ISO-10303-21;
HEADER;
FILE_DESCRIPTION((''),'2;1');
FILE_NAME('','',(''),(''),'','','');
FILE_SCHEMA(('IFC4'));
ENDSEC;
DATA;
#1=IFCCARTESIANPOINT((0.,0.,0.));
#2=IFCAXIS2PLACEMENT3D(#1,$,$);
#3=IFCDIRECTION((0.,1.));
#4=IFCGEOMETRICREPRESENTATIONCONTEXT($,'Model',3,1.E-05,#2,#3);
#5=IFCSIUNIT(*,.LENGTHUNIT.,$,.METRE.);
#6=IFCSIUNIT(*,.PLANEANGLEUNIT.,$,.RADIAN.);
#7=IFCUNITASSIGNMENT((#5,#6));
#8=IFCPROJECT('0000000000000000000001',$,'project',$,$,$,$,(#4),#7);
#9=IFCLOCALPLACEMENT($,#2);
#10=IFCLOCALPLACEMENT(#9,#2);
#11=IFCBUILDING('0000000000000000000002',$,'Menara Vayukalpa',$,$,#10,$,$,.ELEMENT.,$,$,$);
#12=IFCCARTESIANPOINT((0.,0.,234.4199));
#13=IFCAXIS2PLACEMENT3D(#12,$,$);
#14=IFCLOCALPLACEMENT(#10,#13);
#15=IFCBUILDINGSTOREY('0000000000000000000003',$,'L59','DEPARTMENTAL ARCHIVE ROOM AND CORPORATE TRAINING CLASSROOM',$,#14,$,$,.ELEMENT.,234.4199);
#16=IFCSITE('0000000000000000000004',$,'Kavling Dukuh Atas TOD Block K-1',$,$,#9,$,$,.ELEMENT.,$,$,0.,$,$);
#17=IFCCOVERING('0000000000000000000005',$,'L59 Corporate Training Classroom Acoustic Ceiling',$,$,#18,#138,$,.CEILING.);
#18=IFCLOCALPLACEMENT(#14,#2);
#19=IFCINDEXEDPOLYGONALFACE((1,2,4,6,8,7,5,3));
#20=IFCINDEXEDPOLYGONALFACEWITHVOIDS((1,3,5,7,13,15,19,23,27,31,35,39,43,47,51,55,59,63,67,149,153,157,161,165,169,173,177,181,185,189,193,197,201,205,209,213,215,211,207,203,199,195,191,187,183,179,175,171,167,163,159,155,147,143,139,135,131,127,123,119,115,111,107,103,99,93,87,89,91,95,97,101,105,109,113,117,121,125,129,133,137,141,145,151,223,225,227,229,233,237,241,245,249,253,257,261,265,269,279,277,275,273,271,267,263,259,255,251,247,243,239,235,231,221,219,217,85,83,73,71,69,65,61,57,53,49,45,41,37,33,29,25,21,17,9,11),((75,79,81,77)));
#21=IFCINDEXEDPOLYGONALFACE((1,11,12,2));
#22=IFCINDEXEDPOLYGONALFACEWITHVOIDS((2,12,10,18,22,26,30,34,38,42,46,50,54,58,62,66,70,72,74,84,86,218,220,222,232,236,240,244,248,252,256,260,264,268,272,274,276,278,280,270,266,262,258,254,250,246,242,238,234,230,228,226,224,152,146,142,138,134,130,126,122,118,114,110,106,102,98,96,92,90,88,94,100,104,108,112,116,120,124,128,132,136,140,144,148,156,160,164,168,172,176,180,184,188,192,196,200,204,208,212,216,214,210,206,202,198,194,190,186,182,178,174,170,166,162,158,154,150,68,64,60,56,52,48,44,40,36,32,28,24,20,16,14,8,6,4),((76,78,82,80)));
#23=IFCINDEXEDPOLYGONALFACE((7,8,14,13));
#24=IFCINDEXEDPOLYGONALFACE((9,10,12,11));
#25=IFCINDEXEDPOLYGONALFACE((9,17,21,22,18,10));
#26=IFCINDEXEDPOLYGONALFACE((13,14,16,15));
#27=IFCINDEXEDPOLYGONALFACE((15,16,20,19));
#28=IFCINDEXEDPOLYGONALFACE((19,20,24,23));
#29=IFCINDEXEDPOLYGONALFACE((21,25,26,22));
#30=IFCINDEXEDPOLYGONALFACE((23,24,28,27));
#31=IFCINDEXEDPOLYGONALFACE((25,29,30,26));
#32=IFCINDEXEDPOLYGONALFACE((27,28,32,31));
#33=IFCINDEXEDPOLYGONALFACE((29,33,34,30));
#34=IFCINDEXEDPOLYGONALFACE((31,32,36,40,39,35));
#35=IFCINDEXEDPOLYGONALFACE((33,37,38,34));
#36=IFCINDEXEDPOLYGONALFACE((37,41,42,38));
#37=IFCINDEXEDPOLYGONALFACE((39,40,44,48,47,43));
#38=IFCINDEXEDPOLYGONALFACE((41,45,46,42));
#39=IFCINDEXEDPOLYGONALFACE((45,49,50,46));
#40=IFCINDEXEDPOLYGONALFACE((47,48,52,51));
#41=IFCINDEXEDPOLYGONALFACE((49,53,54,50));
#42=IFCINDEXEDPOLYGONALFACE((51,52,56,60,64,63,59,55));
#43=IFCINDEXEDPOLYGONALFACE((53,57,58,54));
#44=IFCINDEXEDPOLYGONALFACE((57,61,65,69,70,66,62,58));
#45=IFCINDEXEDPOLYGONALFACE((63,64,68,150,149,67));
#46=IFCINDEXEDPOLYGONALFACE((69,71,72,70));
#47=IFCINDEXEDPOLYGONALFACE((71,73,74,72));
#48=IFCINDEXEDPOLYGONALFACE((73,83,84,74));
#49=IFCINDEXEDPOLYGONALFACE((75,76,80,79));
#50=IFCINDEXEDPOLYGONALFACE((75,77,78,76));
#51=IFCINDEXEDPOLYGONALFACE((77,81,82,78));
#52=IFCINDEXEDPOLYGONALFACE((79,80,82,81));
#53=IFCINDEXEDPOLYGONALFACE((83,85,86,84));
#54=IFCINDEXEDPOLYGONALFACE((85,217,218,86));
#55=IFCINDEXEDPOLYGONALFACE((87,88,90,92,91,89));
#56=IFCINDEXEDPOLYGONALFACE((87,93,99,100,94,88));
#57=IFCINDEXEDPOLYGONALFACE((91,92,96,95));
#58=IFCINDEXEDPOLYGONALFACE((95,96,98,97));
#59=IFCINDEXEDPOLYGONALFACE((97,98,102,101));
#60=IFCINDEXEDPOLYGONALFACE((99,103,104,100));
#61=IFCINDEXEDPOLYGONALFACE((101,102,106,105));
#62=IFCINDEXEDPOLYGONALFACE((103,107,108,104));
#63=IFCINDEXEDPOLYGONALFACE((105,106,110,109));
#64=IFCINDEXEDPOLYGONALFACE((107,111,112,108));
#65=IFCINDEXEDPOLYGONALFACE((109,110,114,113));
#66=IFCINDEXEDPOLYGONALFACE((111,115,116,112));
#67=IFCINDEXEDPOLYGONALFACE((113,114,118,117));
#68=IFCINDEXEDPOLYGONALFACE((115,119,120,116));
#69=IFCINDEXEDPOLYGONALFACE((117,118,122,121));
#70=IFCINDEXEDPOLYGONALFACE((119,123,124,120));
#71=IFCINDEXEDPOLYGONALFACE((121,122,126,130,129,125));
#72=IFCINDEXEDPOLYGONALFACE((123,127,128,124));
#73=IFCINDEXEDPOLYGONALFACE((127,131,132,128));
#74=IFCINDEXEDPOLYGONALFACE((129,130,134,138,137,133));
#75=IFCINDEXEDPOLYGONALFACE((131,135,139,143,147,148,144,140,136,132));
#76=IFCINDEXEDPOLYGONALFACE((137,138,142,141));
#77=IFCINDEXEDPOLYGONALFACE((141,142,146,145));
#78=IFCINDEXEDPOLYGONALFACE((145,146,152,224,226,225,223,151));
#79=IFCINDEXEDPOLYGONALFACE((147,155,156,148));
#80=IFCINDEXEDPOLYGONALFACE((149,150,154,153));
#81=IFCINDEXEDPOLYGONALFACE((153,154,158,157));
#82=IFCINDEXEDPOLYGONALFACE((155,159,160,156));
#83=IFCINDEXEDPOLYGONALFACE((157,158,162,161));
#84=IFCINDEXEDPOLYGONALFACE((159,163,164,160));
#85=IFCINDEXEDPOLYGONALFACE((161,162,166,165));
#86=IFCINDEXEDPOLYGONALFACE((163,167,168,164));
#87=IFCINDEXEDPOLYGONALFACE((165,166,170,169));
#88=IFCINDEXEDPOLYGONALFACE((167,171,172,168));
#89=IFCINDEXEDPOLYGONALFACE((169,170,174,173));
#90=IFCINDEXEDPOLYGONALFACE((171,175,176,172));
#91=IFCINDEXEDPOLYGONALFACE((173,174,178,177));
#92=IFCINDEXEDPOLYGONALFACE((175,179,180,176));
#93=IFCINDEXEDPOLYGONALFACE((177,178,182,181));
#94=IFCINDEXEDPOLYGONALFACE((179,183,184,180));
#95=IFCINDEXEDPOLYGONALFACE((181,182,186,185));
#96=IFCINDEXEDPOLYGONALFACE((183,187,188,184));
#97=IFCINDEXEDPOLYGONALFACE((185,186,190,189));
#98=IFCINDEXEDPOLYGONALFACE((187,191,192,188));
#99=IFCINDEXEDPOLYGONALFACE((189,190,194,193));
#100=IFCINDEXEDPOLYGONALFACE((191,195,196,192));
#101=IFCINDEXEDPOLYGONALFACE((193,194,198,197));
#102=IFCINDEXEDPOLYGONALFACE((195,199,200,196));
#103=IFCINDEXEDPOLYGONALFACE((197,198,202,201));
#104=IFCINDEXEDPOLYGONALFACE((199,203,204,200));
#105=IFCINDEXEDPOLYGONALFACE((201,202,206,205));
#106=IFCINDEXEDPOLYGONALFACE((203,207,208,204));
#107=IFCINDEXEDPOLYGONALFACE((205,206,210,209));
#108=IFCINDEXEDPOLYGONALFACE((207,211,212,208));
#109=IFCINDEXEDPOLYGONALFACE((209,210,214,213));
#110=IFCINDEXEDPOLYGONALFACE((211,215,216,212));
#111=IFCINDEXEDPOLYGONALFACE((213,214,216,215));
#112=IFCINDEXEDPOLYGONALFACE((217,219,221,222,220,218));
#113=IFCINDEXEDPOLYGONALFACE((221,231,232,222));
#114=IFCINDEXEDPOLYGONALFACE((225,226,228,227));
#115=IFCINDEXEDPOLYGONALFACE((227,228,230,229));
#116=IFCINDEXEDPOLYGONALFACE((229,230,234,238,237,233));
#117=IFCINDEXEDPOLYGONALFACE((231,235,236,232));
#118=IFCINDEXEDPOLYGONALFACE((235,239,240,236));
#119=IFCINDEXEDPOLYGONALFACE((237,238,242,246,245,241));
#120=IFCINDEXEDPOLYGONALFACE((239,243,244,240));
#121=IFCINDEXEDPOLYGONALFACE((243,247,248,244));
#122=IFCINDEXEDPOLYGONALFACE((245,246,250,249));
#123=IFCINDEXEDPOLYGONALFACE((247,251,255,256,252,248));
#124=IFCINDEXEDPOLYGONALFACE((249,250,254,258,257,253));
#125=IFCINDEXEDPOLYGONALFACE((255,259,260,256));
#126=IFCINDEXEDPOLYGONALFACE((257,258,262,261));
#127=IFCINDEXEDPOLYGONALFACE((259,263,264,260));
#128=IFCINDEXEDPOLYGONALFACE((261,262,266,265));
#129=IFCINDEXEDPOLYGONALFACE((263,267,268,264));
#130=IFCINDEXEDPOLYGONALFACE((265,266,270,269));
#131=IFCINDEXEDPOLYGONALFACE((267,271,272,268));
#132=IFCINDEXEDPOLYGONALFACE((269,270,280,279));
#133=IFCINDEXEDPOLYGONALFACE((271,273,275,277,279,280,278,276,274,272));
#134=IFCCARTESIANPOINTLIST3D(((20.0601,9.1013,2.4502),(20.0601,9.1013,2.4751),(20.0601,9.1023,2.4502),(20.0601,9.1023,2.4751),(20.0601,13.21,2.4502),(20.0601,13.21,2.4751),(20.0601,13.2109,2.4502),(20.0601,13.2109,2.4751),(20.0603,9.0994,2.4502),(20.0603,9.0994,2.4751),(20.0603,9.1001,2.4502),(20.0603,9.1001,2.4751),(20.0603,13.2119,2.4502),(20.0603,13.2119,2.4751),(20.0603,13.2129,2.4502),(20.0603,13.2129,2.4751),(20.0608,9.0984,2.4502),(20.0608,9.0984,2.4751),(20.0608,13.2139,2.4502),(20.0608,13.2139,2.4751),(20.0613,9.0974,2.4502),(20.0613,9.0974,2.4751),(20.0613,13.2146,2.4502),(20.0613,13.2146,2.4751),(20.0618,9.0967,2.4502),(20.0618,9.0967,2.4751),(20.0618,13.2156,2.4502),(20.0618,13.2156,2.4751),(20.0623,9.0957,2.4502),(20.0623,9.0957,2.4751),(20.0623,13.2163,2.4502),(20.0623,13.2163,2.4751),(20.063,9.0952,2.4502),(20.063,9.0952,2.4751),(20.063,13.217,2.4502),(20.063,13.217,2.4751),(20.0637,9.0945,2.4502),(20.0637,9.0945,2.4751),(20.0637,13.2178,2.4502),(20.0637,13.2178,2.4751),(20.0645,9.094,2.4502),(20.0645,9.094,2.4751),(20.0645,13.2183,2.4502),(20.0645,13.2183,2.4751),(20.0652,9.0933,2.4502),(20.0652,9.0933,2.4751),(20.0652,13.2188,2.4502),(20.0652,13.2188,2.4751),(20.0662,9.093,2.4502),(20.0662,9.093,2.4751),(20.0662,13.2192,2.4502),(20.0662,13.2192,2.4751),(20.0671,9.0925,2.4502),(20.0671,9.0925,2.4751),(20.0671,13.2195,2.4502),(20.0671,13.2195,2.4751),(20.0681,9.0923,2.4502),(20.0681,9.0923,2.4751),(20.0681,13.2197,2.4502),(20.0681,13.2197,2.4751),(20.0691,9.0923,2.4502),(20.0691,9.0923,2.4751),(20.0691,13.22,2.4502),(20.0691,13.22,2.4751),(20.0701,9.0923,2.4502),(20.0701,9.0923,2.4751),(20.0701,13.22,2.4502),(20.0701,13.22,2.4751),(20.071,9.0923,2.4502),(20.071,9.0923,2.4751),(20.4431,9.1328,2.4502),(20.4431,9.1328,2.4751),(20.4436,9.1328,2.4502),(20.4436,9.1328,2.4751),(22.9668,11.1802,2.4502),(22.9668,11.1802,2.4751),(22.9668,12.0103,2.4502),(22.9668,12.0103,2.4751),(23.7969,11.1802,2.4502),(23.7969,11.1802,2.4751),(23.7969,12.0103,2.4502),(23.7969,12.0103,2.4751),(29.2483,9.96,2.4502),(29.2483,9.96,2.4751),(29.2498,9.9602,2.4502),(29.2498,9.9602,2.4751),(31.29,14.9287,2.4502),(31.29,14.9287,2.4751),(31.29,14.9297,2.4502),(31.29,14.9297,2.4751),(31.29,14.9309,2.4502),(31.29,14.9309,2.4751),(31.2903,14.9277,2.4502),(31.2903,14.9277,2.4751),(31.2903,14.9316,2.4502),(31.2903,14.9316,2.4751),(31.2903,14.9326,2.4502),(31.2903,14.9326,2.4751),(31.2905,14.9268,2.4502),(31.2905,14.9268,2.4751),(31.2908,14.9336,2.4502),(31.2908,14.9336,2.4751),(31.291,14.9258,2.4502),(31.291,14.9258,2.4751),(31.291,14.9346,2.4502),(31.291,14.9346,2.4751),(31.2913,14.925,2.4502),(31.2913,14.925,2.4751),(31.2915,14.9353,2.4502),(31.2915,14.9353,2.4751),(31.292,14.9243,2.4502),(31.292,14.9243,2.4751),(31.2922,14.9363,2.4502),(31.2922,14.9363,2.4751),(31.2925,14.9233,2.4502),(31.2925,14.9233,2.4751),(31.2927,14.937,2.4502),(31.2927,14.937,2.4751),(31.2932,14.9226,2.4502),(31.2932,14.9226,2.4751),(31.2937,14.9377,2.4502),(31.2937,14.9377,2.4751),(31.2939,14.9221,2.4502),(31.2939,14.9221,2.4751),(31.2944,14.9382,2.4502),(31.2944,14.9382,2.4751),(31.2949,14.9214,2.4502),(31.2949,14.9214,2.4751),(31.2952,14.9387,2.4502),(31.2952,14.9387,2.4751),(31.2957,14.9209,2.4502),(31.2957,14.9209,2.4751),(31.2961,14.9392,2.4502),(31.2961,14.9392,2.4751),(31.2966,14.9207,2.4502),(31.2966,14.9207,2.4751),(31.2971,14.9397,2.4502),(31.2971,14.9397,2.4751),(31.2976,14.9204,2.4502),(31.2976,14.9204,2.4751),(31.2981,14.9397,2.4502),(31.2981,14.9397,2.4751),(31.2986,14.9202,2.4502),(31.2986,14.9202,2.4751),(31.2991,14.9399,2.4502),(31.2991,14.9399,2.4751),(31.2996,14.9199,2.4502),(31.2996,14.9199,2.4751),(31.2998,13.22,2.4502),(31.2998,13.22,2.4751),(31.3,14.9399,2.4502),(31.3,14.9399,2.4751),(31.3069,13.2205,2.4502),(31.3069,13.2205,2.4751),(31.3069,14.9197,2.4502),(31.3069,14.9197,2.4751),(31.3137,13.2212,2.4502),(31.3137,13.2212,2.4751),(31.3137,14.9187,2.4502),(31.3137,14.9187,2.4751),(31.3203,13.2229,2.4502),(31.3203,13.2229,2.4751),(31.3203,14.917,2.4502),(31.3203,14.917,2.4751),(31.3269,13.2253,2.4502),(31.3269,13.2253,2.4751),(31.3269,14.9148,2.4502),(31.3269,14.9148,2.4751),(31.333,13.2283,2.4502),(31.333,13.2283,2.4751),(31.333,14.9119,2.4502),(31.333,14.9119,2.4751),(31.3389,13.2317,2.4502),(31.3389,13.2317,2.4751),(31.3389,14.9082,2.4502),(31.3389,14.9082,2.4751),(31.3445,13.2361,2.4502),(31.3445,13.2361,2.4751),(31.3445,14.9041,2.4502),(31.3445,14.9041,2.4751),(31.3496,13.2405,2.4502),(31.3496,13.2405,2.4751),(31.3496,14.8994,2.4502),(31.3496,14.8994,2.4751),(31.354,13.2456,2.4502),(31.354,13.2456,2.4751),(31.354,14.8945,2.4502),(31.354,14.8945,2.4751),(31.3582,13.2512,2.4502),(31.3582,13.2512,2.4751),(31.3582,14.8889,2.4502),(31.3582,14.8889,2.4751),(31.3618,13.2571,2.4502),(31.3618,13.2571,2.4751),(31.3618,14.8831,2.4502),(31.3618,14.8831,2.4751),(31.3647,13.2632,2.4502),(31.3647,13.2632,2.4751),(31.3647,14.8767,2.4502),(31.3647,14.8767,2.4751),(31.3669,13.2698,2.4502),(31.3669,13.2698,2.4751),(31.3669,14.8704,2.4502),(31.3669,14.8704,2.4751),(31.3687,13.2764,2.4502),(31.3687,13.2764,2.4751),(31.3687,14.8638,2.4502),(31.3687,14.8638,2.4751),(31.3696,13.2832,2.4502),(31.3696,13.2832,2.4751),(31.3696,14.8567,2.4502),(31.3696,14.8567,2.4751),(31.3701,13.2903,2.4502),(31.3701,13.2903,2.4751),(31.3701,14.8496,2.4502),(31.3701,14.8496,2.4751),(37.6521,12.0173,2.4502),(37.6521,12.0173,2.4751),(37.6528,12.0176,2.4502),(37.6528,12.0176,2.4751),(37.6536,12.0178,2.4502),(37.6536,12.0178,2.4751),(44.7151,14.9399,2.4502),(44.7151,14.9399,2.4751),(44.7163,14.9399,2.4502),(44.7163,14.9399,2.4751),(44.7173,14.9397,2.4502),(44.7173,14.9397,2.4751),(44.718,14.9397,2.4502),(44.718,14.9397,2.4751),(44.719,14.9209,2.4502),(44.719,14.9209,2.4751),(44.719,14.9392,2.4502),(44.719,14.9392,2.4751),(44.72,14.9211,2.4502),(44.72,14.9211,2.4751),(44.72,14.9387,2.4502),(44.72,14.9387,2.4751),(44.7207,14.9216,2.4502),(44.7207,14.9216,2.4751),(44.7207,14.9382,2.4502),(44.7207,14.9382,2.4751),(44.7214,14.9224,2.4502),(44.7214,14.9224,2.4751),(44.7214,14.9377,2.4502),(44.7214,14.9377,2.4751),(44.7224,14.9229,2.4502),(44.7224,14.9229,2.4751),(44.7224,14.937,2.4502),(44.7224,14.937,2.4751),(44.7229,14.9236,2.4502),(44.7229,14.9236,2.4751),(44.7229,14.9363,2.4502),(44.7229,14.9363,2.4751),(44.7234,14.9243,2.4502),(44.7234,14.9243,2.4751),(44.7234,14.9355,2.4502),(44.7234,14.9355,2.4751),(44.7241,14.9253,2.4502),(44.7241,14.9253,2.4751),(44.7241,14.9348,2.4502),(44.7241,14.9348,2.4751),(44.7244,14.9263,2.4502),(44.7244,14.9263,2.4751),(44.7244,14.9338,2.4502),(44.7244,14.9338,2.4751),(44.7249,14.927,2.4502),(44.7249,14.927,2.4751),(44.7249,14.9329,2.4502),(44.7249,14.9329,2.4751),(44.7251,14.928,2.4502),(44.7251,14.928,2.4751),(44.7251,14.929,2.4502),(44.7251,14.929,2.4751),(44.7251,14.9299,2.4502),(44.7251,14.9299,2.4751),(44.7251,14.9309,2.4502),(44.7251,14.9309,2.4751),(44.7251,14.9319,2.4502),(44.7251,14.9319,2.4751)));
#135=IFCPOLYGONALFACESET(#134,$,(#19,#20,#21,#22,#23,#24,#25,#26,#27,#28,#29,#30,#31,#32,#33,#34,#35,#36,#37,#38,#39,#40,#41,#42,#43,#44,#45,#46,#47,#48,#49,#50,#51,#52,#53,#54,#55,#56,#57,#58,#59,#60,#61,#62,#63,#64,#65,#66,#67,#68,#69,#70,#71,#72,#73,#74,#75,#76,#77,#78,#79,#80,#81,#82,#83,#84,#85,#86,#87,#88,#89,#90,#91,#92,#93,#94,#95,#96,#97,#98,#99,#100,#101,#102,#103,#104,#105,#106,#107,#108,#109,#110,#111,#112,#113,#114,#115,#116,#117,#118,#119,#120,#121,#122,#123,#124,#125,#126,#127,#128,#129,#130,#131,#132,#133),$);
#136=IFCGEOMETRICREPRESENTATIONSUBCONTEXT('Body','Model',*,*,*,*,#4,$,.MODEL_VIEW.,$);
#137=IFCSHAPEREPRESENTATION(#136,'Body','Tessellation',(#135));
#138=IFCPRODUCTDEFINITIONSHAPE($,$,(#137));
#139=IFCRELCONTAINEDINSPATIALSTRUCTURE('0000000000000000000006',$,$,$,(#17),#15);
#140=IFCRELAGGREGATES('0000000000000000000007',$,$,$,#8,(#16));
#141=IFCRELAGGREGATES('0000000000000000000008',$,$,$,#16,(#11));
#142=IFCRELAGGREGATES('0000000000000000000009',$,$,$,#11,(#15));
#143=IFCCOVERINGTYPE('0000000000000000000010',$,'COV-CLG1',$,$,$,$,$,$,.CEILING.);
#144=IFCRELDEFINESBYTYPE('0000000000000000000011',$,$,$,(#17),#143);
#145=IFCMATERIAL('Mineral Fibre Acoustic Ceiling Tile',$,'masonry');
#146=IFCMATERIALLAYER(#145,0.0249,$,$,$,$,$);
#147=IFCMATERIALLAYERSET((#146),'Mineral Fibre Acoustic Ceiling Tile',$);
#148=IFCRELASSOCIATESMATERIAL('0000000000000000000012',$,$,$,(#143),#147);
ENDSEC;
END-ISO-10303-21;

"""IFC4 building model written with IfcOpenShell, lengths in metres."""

from ifc_helpers import new_model, si_unit, direction, frame, origin, place, context, subcontext, project, spatial, polyline, outline, extrude, material, layer, layer_set, type_object, element, save


model = new_model("IFC4")

# Units and contexts
model_context = context("Model", 3, precision=1e-05, world=origin(), true_north=direction((0.0, 1.0)))
body_context = subcontext(model_context, "Body", "Model", "MODEL_VIEW")
ifc_project = project(units=[si_unit("LENGTHUNIT", "METRE"), si_unit("PLANEANGLEUNIT", "RADIAN")], contexts=[model_context])

# Site, building, storey
site_placement = place(None, origin())
site = spatial("IfcSite", under=ifc_project, at=site_placement, Name="Kavling Dukuh Atas TOD Block K-1", CompositionType="ELEMENT", RefElevation=0.0)
building_placement = place(site_placement, origin())
building = spatial("IfcBuilding", under=site, at=building_placement, Name="Menara Vayukalpa", CompositionType="ELEMENT")
storey_placement = place(building_placement, frame((0.0, 0.0, 234.4199)))
storey = spatial("IfcBuildingStorey", under=building, at=storey_placement, Name="L59", Description="DEPARTMENTAL ARCHIVE ROOM AND CORPORATE TRAINING CLASSROOM", CompositionType="ELEMENT", Elevation=234.4199)

# Covering
ifc_material_1 = material(Name="Mineral Fibre Acoustic Ceiling Tile", Category="masonry")
ifc_layer_1 = layer(ifc_material_1, 0.0249)
ifc_layer_set_1 = layer_set([ifc_layer_1], Name="Mineral Fibre Acoustic Ceiling Tile")
covering_type_1 = type_object("IfcCoveringType", Name="COV-CLG1", PredefinedType="CEILING", material=ifc_layer_set_1)
covering_1_placement = place(storey_placement, frame((0.0, 0.0, 2.4502)))
element("IfcCovering", 1, at=covering_1_placement, inside=storey, type_object=covering_type_1, Name="L59 Corporate Training Classroom Acoustic Ceiling", PredefinedType="CEILING", context=body_context, shape_type="SweptSolid", body=[
    extrude(outline(polyline([(20.0701, 9.0923), (20.0691, 9.0923), (20.0681, 9.0923), (20.0671, 9.0925), (20.0662, 9.093), (20.0652, 9.0933), (20.0645, 9.094), (20.0637, 9.0945), (20.063, 9.0952), (20.0623, 9.0957), (20.0618, 9.0967), (20.0613, 9.0974), (20.0608, 9.0984), (20.0603, 9.0994), (20.0603, 9.1001), (20.0601, 9.1013), (20.0601, 9.1023), (20.0601, 13.21), (20.0601, 13.2109), (20.0603, 13.2119), (20.0603, 13.2129), (20.0608, 13.2139), (20.0613, 13.2146), (20.0618, 13.2156), (20.0623, 13.2163), (20.063, 13.217), (20.0637, 13.2178), (20.0645, 13.2183), (20.0652, 13.2188), (20.0662, 13.2192), (20.0671, 13.2195), (20.0681, 13.2197), (20.0691, 13.22), (20.0701, 13.22), (31.2998, 13.22), (31.3069, 13.2205), (31.3137, 13.2212), (31.3203, 13.2229), (31.3269, 13.2253), (31.333, 13.2283), (31.3389, 13.2317), (31.3445, 13.2361), (31.3496, 13.2405), (31.354, 13.2456), (31.3582, 13.2512), (31.3618, 13.2571), (31.3647, 13.2632), (31.3669, 13.2698), (31.3687, 13.2764), (31.3696, 13.2832), (31.3701, 13.2903), (31.3701, 14.8496), (31.3696, 14.8567), (31.3687, 14.8638), (31.3669, 14.8704), (31.3647, 14.8767), (31.3618, 14.8831), (31.3582, 14.8889), (31.354, 14.8945), (31.3496, 14.8994), (31.3445, 14.9041), (31.3389, 14.9082), (31.333, 14.9119), (31.3269, 14.9148), (31.3203, 14.917), (31.3137, 14.9187), (31.3069, 14.9197), (31.2996, 14.9199), (31.2986, 14.9202), (31.2976, 14.9204), (31.2966, 14.9207), (31.2957, 14.9209), (31.2949, 14.9214), (31.2939, 14.9221), (31.2932, 14.9226), (31.2925, 14.9233), (31.292, 14.9243), (31.2913, 14.925), (31.291, 14.9258), (31.2905, 14.9268), (31.2903, 14.9277), (31.29, 14.9287), (31.29, 14.9297), (31.29, 14.9309), (31.2903, 14.9316), (31.2903, 14.9326), (31.2908, 14.9336), (31.291, 14.9346), (31.2915, 14.9353), (31.2922, 14.9363), (31.2927, 14.937), (31.2937, 14.9377), (31.2944, 14.9382), (31.2952, 14.9387), (31.2961, 14.9392), (31.2971, 14.9397), (31.2981, 14.9397), (31.2991, 14.9399), (31.3, 14.9399), (44.7151, 14.9399), (44.7163, 14.9399), (44.7173, 14.9397), (44.718, 14.9397), (44.719, 14.9392), (44.72, 14.9387), (44.7207, 14.9382), (44.7214, 14.9377), (44.7224, 14.937), (44.7229, 14.9363), (44.7234, 14.9355), (44.7241, 14.9348), (44.7244, 14.9338), (44.7249, 14.9329), (44.7251, 14.9319), (44.7251, 14.9309), (44.7251, 14.9299), (44.7251, 14.929), (44.7251, 14.928), (44.7249, 14.927), (44.7244, 14.9263), (44.7241, 14.9253), (44.7234, 14.9243), (44.7229, 14.9236), (44.7224, 14.9229), (44.7214, 14.9224), (44.7207, 14.9216), (44.72, 14.9211), (44.719, 14.9209), (37.6536, 12.0178), (37.6528, 12.0176), (37.6521, 12.0173), (29.2498, 9.9602), (29.2483, 9.96), (20.4436, 9.1328), (20.4431, 9.1328), (20.071, 9.0923), (20.0701, 9.0923)]), holes=[polyline([(23.7969, 12.0103), (22.9668, 12.0103), (22.9668, 11.1802), (23.7969, 11.1802), (23.7969, 12.0103)])]), origin(), (0.0, 0.0, 1.0), 0.0249),
])

save(model, "model.ifc")
